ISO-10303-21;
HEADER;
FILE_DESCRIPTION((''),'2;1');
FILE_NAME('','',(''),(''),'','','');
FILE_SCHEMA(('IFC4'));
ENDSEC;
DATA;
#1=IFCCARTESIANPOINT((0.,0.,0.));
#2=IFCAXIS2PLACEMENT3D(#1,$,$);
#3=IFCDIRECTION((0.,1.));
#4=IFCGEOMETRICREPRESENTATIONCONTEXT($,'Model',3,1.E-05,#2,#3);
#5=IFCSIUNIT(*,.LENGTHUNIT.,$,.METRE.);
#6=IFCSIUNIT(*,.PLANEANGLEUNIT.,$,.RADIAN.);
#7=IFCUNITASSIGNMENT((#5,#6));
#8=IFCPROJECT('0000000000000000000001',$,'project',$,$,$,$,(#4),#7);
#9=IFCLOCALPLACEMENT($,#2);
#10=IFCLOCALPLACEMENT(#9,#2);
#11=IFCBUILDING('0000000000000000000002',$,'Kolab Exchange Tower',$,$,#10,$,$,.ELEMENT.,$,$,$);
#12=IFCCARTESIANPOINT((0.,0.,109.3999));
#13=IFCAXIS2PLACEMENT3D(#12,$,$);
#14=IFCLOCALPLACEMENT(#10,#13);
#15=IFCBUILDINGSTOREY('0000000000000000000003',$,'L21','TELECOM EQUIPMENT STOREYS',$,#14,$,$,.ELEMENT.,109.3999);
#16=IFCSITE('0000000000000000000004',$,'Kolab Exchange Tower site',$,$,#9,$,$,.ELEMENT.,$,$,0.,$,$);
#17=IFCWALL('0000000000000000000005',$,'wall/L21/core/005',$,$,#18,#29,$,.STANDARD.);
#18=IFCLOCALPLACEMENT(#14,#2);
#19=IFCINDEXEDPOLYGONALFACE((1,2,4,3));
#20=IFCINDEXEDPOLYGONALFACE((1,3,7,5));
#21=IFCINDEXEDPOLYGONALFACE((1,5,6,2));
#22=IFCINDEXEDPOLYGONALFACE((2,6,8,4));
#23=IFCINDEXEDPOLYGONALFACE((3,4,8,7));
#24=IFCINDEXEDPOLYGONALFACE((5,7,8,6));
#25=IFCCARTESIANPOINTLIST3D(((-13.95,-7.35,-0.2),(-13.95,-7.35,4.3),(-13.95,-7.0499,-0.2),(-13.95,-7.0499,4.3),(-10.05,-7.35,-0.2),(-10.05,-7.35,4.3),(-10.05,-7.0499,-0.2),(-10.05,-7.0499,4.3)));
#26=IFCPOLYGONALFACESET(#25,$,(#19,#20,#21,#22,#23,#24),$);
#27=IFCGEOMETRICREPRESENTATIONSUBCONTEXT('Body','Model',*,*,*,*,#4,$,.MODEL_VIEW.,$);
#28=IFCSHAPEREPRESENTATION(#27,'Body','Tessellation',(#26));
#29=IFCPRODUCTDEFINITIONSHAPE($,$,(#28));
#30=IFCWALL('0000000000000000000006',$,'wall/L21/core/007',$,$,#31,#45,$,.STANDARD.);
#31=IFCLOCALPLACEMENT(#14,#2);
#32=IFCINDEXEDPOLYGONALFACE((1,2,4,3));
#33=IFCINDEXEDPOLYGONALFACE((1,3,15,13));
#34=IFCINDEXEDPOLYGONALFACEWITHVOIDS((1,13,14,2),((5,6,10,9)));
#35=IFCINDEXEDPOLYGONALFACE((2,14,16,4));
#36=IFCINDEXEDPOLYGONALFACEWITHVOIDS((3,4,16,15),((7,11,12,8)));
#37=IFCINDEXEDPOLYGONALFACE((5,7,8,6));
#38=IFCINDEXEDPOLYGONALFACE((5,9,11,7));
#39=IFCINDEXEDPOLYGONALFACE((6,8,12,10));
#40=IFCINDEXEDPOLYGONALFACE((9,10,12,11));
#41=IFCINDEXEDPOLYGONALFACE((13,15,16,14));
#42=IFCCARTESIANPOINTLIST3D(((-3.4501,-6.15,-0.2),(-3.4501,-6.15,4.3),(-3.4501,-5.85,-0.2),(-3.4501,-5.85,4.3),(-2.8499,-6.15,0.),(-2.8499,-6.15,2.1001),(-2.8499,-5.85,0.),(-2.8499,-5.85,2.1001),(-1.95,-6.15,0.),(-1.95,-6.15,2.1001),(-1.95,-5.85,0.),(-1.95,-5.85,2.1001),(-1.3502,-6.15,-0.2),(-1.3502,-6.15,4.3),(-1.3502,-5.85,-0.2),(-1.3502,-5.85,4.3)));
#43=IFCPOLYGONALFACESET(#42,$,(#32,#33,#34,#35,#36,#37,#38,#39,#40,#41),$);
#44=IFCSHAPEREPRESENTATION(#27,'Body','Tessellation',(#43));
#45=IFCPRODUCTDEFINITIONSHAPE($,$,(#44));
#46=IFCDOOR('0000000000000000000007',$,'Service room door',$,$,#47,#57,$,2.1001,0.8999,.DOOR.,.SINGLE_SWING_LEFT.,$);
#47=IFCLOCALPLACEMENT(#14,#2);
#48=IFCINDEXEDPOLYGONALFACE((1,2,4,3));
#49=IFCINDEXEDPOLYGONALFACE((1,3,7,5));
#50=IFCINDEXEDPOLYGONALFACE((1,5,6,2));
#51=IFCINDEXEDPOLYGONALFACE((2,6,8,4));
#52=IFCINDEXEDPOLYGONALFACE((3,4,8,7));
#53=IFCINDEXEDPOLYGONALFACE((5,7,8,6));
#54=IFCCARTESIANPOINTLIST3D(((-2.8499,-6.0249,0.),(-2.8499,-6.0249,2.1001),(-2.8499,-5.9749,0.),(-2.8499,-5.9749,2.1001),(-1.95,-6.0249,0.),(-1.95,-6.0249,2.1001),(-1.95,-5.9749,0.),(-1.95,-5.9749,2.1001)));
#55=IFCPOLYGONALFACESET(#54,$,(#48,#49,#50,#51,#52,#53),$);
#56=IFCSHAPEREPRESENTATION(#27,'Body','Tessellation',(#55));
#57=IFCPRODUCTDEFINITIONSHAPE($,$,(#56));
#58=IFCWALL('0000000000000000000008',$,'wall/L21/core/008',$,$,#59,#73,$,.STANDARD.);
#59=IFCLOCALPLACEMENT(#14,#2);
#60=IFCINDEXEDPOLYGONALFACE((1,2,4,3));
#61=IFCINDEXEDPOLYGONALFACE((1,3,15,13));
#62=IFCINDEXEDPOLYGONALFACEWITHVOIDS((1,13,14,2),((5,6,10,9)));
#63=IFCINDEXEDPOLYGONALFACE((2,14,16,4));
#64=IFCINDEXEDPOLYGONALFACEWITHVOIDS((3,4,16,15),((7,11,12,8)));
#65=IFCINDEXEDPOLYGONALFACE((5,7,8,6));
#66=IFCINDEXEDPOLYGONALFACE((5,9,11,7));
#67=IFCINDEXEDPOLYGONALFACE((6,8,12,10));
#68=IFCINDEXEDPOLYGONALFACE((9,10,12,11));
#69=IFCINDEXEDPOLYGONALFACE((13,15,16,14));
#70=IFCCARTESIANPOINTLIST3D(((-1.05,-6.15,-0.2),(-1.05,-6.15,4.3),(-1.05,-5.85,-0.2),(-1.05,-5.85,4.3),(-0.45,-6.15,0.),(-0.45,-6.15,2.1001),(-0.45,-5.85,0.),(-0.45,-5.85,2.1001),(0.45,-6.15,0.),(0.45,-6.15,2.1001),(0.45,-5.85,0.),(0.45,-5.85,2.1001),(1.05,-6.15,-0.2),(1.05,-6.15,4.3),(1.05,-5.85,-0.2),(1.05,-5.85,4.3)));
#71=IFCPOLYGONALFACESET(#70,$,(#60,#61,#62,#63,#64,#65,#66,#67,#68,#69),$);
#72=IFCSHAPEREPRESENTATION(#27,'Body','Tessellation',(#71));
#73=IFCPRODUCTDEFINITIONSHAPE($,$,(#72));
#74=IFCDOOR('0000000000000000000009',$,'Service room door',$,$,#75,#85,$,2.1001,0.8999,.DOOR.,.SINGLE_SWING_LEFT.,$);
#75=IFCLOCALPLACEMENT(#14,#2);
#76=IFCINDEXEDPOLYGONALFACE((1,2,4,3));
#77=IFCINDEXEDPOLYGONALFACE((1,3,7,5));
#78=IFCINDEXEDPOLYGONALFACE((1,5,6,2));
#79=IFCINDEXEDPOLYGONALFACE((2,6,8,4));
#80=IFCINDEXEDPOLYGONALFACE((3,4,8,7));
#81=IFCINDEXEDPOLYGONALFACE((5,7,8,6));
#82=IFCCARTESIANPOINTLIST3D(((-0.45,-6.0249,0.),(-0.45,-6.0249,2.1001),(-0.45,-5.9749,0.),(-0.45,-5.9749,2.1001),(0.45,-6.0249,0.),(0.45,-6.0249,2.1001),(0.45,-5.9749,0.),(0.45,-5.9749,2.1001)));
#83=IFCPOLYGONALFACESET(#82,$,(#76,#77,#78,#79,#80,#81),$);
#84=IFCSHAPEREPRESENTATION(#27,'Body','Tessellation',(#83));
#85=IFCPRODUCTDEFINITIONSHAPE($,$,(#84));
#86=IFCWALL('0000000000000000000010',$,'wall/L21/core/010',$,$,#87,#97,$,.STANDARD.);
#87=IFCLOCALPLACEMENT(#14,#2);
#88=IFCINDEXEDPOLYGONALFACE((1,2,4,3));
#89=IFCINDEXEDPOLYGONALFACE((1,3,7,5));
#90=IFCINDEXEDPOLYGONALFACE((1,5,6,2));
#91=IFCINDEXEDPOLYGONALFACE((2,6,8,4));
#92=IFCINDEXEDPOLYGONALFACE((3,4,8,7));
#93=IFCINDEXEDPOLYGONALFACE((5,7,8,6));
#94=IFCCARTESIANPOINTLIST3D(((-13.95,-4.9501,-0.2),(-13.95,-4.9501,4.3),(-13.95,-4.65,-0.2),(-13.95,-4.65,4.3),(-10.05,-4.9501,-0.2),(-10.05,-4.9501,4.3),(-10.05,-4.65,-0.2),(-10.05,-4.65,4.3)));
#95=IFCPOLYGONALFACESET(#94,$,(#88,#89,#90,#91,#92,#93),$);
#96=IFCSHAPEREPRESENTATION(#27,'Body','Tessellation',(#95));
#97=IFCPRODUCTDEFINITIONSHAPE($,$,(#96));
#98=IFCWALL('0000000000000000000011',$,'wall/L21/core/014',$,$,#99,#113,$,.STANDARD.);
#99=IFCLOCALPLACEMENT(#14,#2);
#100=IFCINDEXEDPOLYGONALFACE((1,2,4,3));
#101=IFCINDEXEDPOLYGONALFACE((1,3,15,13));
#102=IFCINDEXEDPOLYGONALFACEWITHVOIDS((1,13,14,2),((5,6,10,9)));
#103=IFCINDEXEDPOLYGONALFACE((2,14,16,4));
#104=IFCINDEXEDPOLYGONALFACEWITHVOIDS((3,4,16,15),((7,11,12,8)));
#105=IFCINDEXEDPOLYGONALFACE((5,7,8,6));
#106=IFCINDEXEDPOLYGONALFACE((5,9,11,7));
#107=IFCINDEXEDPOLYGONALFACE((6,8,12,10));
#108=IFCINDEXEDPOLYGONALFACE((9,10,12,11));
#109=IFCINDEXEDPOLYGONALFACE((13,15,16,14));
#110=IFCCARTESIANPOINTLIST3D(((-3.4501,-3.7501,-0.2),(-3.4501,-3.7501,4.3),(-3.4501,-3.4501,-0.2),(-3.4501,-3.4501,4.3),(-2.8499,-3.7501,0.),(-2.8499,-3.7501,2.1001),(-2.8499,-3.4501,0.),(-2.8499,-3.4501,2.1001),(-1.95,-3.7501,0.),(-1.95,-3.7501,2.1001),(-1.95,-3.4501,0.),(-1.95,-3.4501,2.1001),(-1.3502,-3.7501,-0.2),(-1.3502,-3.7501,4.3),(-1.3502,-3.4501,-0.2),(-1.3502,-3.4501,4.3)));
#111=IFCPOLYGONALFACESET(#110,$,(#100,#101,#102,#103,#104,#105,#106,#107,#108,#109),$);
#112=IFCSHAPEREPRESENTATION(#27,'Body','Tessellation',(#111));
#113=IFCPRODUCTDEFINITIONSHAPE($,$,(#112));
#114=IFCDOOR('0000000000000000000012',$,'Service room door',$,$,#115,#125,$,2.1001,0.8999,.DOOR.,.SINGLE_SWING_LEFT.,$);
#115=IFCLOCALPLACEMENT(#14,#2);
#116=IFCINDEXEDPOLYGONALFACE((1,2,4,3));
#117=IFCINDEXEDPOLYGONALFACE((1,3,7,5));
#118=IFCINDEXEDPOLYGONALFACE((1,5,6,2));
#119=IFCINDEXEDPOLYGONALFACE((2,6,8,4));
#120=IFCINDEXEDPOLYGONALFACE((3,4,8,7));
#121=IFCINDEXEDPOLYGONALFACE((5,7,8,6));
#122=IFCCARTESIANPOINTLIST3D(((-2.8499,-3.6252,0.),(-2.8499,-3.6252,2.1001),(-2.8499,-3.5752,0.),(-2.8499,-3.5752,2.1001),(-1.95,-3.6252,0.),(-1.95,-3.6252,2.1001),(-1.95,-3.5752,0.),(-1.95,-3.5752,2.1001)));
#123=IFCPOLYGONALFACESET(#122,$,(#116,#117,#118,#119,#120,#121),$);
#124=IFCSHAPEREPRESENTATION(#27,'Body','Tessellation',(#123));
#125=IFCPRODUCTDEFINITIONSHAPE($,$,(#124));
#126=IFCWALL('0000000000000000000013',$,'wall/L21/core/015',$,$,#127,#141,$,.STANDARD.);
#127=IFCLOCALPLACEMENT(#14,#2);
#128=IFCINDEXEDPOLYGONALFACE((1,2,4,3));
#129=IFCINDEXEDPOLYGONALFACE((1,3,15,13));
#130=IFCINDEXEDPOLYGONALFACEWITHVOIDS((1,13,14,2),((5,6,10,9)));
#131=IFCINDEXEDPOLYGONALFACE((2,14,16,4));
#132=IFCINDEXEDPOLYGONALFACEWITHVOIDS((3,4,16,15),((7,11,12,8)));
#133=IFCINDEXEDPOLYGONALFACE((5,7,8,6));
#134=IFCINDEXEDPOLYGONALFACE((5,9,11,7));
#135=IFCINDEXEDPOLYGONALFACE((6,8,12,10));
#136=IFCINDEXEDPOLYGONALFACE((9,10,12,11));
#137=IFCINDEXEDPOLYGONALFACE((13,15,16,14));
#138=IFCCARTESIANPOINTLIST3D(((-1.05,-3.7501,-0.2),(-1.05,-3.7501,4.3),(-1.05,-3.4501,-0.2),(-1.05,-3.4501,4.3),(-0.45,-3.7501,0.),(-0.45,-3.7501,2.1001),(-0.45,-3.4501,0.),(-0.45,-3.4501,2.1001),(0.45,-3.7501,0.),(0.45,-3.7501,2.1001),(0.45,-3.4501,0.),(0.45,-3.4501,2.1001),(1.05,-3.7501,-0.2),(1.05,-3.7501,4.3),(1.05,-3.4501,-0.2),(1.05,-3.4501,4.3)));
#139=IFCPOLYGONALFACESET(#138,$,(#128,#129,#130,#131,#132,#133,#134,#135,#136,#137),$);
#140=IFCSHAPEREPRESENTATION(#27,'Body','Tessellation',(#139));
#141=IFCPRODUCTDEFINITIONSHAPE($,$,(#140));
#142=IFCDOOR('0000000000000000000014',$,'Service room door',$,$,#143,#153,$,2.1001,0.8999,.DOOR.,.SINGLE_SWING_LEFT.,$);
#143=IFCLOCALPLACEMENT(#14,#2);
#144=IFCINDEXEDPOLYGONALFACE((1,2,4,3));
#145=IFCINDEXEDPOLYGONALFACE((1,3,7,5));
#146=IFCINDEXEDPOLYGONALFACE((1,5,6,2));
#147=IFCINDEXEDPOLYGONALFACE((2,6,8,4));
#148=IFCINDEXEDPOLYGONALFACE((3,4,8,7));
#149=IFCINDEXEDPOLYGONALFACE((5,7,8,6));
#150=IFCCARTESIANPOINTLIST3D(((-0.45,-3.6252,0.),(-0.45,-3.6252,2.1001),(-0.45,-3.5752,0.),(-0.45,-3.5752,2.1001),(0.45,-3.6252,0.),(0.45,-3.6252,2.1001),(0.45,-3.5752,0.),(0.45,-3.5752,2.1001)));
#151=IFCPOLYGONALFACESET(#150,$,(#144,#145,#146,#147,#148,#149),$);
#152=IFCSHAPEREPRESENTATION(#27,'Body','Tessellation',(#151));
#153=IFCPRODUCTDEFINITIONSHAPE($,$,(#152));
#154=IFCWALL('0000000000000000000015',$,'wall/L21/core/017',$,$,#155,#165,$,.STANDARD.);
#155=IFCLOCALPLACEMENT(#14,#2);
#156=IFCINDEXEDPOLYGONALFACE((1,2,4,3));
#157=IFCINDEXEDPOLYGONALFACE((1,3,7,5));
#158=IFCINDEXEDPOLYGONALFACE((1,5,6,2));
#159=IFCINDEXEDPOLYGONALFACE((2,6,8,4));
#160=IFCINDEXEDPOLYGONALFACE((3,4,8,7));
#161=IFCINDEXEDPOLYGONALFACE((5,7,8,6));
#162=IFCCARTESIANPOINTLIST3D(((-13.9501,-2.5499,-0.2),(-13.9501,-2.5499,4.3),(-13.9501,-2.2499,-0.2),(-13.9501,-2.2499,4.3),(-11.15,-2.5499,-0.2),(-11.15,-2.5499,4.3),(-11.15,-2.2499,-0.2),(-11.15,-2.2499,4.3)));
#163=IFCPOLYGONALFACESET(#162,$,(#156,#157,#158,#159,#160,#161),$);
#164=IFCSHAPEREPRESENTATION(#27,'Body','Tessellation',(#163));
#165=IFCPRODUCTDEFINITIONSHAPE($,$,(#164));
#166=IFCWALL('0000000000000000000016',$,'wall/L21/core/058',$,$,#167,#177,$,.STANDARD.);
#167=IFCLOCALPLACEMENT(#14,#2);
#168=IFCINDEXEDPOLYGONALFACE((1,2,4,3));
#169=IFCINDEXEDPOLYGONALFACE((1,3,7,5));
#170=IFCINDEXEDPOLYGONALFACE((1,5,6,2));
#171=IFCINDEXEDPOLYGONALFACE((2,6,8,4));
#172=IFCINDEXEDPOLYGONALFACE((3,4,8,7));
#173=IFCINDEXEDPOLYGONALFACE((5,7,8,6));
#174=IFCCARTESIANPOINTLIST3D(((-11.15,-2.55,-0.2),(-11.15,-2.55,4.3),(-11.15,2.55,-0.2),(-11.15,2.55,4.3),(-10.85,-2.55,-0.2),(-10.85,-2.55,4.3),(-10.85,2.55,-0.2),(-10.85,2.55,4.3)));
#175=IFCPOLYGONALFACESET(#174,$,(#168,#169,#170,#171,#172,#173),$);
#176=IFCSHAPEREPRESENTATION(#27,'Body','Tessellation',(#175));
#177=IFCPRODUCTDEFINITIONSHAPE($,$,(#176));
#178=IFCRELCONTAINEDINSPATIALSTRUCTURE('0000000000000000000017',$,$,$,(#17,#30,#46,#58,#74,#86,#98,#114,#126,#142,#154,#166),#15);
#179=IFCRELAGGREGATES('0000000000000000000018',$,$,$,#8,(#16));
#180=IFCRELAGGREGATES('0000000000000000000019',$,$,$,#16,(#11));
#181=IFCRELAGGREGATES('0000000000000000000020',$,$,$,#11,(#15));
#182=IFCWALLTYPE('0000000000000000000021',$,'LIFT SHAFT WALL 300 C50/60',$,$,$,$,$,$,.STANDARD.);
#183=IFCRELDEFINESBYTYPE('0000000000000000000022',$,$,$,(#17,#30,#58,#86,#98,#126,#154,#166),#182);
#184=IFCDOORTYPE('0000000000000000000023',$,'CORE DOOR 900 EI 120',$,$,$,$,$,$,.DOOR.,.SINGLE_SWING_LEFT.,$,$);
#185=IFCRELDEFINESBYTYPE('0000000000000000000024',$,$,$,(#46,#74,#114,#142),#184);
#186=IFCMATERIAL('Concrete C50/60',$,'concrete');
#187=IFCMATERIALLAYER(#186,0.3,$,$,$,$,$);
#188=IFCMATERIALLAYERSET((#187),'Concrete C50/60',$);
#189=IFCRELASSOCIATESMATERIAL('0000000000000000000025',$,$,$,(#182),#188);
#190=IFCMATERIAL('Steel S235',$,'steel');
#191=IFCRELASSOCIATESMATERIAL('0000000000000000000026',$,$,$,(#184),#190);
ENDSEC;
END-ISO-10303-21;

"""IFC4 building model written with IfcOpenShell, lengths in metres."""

from ifc_helpers import new_model, si_unit, direction, frame, frame_2d, origin, place, context, subcontext, project, spatial, rectangle, extrude, material, layer, layer_set, type_object, element, fill, save


model = new_model("IFC4")

# Units and contexts
model_context = context("Model", 3, precision=1e-05, world=origin(), true_north=direction((0.0, 1.0)))
body_context = subcontext(model_context, "Body", "Model", "MODEL_VIEW")
ifc_project = project(units=[si_unit("LENGTHUNIT", "METRE"), si_unit("PLANEANGLEUNIT", "RADIAN")], contexts=[model_context])

# Site, building, storey
site_placement = place(None, origin())
site = spatial("IfcSite", under=ifc_project, at=site_placement, Name="Kolab Exchange Tower site", CompositionType="ELEMENT", RefElevation=0.0)
building_placement = place(site_placement, origin())
building = spatial("IfcBuilding", under=site, at=building_placement, Name="Kolab Exchange Tower", CompositionType="ELEMENT")
storey_placement = place(building_placement, frame((0.0, 0.0, 109.3999)))
storey = spatial("IfcBuildingStorey", under=building, at=storey_placement, Name="L21", Description="TELECOM EQUIPMENT STOREYS", CompositionType="ELEMENT", Elevation=109.3999)

# Wall
ifc_material_1 = material(Name="Concrete C50/60", Category="concrete")
ifc_layer_1 = layer(ifc_material_1, 0.3)
ifc_layer_set_1 = layer_set([ifc_layer_1], Name="Concrete C50/60")
wall_type_1 = type_object("IfcWallType", Name="LIFT SHAFT WALL 300 C50/60", PredefinedType="STANDARD", material=ifc_layer_set_1)
wall_1_placement = place(storey_placement, frame((-13.95, -7.2, -0.2), z_axis=(0.0, 0.0, 1.0), x_axis=(1.0, 0.0, 0.0)))
element("IfcWall", 1, at=wall_1_placement, inside=storey, type_object=wall_type_1, Name="wall/L21/core/005", PredefinedType="STANDARD", context=body_context, shape_type="SweptSolid", body=[
    extrude(rectangle(XDim=3.8999, YDim=0.3, at=frame_2d((1.95, 0.0))), origin(), (0.0, 0.0, 1.0), 4.5),
])

# Walls, openings, doors
wall_2_placement = place(storey_placement, frame((-3.45, -6.0, -0.2), z_axis=(0.0, 0.0, 1.0), x_axis=(1.0, 0.0, 0.0)))
wall_2 = element("IfcWall", 2, at=wall_2_placement, inside=storey, type_object=wall_type_1, Name="wall/L21/core/007", PredefinedType="STANDARD", context=body_context, shape_type="SweptSolid", body=[
    extrude(rectangle(XDim=2.0999, YDim=0.3, at=frame_2d((1.0498, 0.0))), origin(), (0.0, 0.0, 1.0), 4.5),
])
opening_1_placement = place(wall_2_placement, frame((0.6001, 0.0, 0.2)))
opening_1 = element("IfcOpeningElement", 3, at=opening_1_placement, cuts=wall_2, PredefinedType="OPENING", context=body_context, shape_type="SweptSolid", body=[
    extrude(rectangle(XDim=0.8999, YDim=2.1001, at=frame_2d((0.45, 1.05))), frame((0.0, 0.1602, 0.0), z_axis=(0.0, -1.0, 0.0), x_axis=(1.0, 0.0, 0.0)), (0.0, 0.0, 1.0), 0.3201),
])
ifc_material_2 = material(Name="Steel S235", Category="steel")
door_type_1 = type_object("IfcDoorType", Name="CORE DOOR 900 EI 120", OperationType="SINGLE_SWING_LEFT", PredefinedType="DOOR", material=ifc_material_2)
door_1_placement = place(opening_1_placement, frame((0.8999, 0.0, 0.0), z_axis=(0.0, 0.0, 1.0), x_axis=(-1.0, 0.0, 0.0)))
door_1 = element("IfcDoor", 4, at=door_1_placement, inside=storey, type_object=door_type_1, Name="Service room door", OperationType="SINGLE_SWING_LEFT", OverallHeight=2.1001, OverallWidth=0.8999, PredefinedType="DOOR", context=body_context, shape_type="SweptSolid", body=[
    extrude(rectangle(XDim=0.8999, YDim=2.1001, at=frame_2d((0.45, 1.05))), frame((0.0, 0.0249, 0.0), z_axis=(0.0, -1.0, 0.0), x_axis=(1.0, 0.0, 0.0)), (0.0, 0.0, 1.0), 0.05),
])
fill(opening_1, door_1)
wall_3_placement = place(storey_placement, frame((-1.05, -6.0, -0.2), z_axis=(0.0, 0.0, 1.0), x_axis=(1.0, 0.0, 0.0)))
wall_3 = element("IfcWall", 5, at=wall_3_placement, inside=storey, type_object=wall_type_1, Name="wall/L21/core/008", PredefinedType="STANDARD", context=body_context, shape_type="SweptSolid", body=[
    extrude(rectangle(XDim=2.1001, YDim=0.3, at=frame_2d((1.05, 0.0))), origin(), (0.0, 0.0, 1.0), 4.5),
])
opening_2_placement = place(wall_3_placement, frame((0.6001, 0.0, 0.2)))
opening_2 = element("IfcOpeningElement", 6, at=opening_2_placement, cuts=wall_3, PredefinedType="OPENING", context=body_context, shape_type="SweptSolid", body=[
    extrude(rectangle(XDim=0.8999, YDim=2.1001, at=frame_2d((0.45, 1.05))), frame((0.0, 0.1602, 0.0), z_axis=(0.0, -1.0, 0.0), x_axis=(1.0, 0.0, 0.0)), (0.0, 0.0, 1.0), 0.3201),
])
door_2_placement = place(opening_2_placement, frame((0.8999, 0.0, 0.0), z_axis=(0.0, 0.0, 1.0), x_axis=(-1.0, 0.0, 0.0)))
door_2 = element("IfcDoor", 7, at=door_2_placement, inside=storey, type_object=door_type_1, Name="Service room door", OperationType="SINGLE_SWING_LEFT", OverallHeight=2.1001, OverallWidth=0.8999, PredefinedType="DOOR", context=body_context, shape_type="SweptSolid", body=[
    extrude(rectangle(XDim=0.8999, YDim=2.1001, at=frame_2d((0.45, 1.05))), frame((0.0, 0.0249, 0.0), z_axis=(0.0, -1.0, 0.0), x_axis=(1.0, 0.0, 0.0)), (0.0, 0.0, 1.0), 0.05),
])
fill(opening_2, door_2)

# Wall
wall_4_placement = place(storey_placement, frame((-13.95, -4.8, -0.2), z_axis=(0.0, 0.0, 1.0), x_axis=(1.0, 0.0, 0.0)))
element("IfcWall", 8, at=wall_4_placement, inside=storey, type_object=wall_type_1, Name="wall/L21/core/010", PredefinedType="STANDARD", context=body_context, shape_type="SweptSolid", body=[
    extrude(rectangle(XDim=3.8999, YDim=0.3, at=frame_2d((1.95, 0.0))), origin(), (0.0, 0.0, 1.0), 4.5),
])

# Walls, openings, doors
wall_5_placement = place(storey_placement, frame((-3.45, -3.6001, -0.2), z_axis=(0.0, 0.0, 1.0), x_axis=(1.0, 0.0, 0.0)))
wall_5 = element("IfcWall", 9, at=wall_5_placement, inside=storey, type_object=wall_type_1, Name="wall/L21/core/014", PredefinedType="STANDARD", context=body_context, shape_type="SweptSolid", body=[
    extrude(rectangle(XDim=2.0999, YDim=0.3, at=frame_2d((1.0498, 0.0))), origin(), (0.0, 0.0, 1.0), 4.5),
])
opening_3_placement = place(wall_5_placement, frame((0.6001, 0.0, 0.2)))
opening_3 = element("IfcOpeningElement", 10, at=opening_3_placement, cuts=wall_5, PredefinedType="OPENING", context=body_context, shape_type="SweptSolid", body=[
    extrude(rectangle(XDim=0.8999, YDim=2.1001, at=frame_2d((0.45, 1.05))), frame((0.0, 0.1602, 0.0), z_axis=(0.0, -1.0, 0.0), x_axis=(1.0, 0.0, 0.0)), (0.0, 0.0, 1.0), 0.3201),
])
door_3_placement = place(opening_3_placement, origin())
door_3 = element("IfcDoor", 11, at=door_3_placement, inside=storey, type_object=door_type_1, Name="Service room door", OperationType="SINGLE_SWING_LEFT", OverallHeight=2.1001, OverallWidth=0.8999, PredefinedType="DOOR", context=body_context, shape_type="SweptSolid", body=[
    extrude(rectangle(XDim=0.8999, YDim=2.1001, at=frame_2d((0.45, 1.05))), frame((0.0, 0.0249, 0.0), z_axis=(0.0, -1.0, 0.0), x_axis=(1.0, 0.0, 0.0)), (0.0, 0.0, 1.0), 0.05),
])
fill(opening_3, door_3)
wall_6_placement = place(storey_placement, frame((-1.05, -3.6001, -0.2), z_axis=(0.0, 0.0, 1.0), x_axis=(1.0, 0.0, 0.0)))
wall_6 = element("IfcWall", 12, at=wall_6_placement, inside=storey, type_object=wall_type_1, Name="wall/L21/core/015", PredefinedType="STANDARD", context=body_context, shape_type="SweptSolid", body=[
    extrude(rectangle(XDim=2.1001, YDim=0.3, at=frame_2d((1.05, 0.0))), origin(), (0.0, 0.0, 1.0), 4.5),
])
opening_4_placement = place(wall_6_placement, frame((0.6001, 0.0, 0.2)))
opening_4 = element("IfcOpeningElement", 13, at=opening_4_placement, cuts=wall_6, PredefinedType="OPENING", context=body_context, shape_type="SweptSolid", body=[
    extrude(rectangle(XDim=0.8999, YDim=2.1001, at=frame_2d((0.45, 1.05))), frame((0.0, 0.1602, 0.0), z_axis=(0.0, -1.0, 0.0), x_axis=(1.0, 0.0, 0.0)), (0.0, 0.0, 1.0), 0.3201),
])
door_4_placement = place(opening_4_placement, origin())
door_4 = element("IfcDoor", 14, at=door_4_placement, inside=storey, type_object=door_type_1, Name="Service room door", OperationType="SINGLE_SWING_LEFT", OverallHeight=2.1001, OverallWidth=0.8999, PredefinedType="DOOR", context=body_context, shape_type="SweptSolid", body=[
    extrude(rectangle(XDim=0.8999, YDim=2.1001, at=frame_2d((0.45, 1.05))), frame((0.0, 0.0249, 0.0), z_axis=(0.0, -1.0, 0.0), x_axis=(1.0, 0.0, 0.0)), (0.0, 0.0, 1.0), 0.05),
])
fill(opening_4, door_4)

# Walls
wall_7_placement = place(storey_placement, frame((-13.95, -2.3999, -0.2), z_axis=(0.0, 0.0, 1.0), x_axis=(1.0, 0.0, 0.0)))
element("IfcWall", 15, at=wall_7_placement, inside=storey, type_object=wall_type_1, Name="wall/L21/core/017", PredefinedType="STANDARD", context=body_context, shape_type="SweptSolid", body=[
    extrude(rectangle(XDim=2.8, YDim=0.3, at=frame_2d((1.3999, 0.0))), origin(), (0.0, 0.0, 1.0), 4.5),
])
wall_8_placement = place(storey_placement, frame((-11.0, -2.55, -0.2), z_axis=(0.0, 0.0, 1.0), x_axis=(0.0, 1.0, 0.0)))
element("IfcWall", 16, at=wall_8_placement, inside=storey, type_object=wall_type_1, Name="wall/L21/core/058", PredefinedType="STANDARD", context=body_context, shape_type="SweptSolid", body=[
    extrude(rectangle(XDim=5.1001, YDim=0.3, at=frame_2d((2.55, 0.0))), origin(), (0.0, 0.0, 1.0), 4.5),
])

save(model, "model.ifc")
